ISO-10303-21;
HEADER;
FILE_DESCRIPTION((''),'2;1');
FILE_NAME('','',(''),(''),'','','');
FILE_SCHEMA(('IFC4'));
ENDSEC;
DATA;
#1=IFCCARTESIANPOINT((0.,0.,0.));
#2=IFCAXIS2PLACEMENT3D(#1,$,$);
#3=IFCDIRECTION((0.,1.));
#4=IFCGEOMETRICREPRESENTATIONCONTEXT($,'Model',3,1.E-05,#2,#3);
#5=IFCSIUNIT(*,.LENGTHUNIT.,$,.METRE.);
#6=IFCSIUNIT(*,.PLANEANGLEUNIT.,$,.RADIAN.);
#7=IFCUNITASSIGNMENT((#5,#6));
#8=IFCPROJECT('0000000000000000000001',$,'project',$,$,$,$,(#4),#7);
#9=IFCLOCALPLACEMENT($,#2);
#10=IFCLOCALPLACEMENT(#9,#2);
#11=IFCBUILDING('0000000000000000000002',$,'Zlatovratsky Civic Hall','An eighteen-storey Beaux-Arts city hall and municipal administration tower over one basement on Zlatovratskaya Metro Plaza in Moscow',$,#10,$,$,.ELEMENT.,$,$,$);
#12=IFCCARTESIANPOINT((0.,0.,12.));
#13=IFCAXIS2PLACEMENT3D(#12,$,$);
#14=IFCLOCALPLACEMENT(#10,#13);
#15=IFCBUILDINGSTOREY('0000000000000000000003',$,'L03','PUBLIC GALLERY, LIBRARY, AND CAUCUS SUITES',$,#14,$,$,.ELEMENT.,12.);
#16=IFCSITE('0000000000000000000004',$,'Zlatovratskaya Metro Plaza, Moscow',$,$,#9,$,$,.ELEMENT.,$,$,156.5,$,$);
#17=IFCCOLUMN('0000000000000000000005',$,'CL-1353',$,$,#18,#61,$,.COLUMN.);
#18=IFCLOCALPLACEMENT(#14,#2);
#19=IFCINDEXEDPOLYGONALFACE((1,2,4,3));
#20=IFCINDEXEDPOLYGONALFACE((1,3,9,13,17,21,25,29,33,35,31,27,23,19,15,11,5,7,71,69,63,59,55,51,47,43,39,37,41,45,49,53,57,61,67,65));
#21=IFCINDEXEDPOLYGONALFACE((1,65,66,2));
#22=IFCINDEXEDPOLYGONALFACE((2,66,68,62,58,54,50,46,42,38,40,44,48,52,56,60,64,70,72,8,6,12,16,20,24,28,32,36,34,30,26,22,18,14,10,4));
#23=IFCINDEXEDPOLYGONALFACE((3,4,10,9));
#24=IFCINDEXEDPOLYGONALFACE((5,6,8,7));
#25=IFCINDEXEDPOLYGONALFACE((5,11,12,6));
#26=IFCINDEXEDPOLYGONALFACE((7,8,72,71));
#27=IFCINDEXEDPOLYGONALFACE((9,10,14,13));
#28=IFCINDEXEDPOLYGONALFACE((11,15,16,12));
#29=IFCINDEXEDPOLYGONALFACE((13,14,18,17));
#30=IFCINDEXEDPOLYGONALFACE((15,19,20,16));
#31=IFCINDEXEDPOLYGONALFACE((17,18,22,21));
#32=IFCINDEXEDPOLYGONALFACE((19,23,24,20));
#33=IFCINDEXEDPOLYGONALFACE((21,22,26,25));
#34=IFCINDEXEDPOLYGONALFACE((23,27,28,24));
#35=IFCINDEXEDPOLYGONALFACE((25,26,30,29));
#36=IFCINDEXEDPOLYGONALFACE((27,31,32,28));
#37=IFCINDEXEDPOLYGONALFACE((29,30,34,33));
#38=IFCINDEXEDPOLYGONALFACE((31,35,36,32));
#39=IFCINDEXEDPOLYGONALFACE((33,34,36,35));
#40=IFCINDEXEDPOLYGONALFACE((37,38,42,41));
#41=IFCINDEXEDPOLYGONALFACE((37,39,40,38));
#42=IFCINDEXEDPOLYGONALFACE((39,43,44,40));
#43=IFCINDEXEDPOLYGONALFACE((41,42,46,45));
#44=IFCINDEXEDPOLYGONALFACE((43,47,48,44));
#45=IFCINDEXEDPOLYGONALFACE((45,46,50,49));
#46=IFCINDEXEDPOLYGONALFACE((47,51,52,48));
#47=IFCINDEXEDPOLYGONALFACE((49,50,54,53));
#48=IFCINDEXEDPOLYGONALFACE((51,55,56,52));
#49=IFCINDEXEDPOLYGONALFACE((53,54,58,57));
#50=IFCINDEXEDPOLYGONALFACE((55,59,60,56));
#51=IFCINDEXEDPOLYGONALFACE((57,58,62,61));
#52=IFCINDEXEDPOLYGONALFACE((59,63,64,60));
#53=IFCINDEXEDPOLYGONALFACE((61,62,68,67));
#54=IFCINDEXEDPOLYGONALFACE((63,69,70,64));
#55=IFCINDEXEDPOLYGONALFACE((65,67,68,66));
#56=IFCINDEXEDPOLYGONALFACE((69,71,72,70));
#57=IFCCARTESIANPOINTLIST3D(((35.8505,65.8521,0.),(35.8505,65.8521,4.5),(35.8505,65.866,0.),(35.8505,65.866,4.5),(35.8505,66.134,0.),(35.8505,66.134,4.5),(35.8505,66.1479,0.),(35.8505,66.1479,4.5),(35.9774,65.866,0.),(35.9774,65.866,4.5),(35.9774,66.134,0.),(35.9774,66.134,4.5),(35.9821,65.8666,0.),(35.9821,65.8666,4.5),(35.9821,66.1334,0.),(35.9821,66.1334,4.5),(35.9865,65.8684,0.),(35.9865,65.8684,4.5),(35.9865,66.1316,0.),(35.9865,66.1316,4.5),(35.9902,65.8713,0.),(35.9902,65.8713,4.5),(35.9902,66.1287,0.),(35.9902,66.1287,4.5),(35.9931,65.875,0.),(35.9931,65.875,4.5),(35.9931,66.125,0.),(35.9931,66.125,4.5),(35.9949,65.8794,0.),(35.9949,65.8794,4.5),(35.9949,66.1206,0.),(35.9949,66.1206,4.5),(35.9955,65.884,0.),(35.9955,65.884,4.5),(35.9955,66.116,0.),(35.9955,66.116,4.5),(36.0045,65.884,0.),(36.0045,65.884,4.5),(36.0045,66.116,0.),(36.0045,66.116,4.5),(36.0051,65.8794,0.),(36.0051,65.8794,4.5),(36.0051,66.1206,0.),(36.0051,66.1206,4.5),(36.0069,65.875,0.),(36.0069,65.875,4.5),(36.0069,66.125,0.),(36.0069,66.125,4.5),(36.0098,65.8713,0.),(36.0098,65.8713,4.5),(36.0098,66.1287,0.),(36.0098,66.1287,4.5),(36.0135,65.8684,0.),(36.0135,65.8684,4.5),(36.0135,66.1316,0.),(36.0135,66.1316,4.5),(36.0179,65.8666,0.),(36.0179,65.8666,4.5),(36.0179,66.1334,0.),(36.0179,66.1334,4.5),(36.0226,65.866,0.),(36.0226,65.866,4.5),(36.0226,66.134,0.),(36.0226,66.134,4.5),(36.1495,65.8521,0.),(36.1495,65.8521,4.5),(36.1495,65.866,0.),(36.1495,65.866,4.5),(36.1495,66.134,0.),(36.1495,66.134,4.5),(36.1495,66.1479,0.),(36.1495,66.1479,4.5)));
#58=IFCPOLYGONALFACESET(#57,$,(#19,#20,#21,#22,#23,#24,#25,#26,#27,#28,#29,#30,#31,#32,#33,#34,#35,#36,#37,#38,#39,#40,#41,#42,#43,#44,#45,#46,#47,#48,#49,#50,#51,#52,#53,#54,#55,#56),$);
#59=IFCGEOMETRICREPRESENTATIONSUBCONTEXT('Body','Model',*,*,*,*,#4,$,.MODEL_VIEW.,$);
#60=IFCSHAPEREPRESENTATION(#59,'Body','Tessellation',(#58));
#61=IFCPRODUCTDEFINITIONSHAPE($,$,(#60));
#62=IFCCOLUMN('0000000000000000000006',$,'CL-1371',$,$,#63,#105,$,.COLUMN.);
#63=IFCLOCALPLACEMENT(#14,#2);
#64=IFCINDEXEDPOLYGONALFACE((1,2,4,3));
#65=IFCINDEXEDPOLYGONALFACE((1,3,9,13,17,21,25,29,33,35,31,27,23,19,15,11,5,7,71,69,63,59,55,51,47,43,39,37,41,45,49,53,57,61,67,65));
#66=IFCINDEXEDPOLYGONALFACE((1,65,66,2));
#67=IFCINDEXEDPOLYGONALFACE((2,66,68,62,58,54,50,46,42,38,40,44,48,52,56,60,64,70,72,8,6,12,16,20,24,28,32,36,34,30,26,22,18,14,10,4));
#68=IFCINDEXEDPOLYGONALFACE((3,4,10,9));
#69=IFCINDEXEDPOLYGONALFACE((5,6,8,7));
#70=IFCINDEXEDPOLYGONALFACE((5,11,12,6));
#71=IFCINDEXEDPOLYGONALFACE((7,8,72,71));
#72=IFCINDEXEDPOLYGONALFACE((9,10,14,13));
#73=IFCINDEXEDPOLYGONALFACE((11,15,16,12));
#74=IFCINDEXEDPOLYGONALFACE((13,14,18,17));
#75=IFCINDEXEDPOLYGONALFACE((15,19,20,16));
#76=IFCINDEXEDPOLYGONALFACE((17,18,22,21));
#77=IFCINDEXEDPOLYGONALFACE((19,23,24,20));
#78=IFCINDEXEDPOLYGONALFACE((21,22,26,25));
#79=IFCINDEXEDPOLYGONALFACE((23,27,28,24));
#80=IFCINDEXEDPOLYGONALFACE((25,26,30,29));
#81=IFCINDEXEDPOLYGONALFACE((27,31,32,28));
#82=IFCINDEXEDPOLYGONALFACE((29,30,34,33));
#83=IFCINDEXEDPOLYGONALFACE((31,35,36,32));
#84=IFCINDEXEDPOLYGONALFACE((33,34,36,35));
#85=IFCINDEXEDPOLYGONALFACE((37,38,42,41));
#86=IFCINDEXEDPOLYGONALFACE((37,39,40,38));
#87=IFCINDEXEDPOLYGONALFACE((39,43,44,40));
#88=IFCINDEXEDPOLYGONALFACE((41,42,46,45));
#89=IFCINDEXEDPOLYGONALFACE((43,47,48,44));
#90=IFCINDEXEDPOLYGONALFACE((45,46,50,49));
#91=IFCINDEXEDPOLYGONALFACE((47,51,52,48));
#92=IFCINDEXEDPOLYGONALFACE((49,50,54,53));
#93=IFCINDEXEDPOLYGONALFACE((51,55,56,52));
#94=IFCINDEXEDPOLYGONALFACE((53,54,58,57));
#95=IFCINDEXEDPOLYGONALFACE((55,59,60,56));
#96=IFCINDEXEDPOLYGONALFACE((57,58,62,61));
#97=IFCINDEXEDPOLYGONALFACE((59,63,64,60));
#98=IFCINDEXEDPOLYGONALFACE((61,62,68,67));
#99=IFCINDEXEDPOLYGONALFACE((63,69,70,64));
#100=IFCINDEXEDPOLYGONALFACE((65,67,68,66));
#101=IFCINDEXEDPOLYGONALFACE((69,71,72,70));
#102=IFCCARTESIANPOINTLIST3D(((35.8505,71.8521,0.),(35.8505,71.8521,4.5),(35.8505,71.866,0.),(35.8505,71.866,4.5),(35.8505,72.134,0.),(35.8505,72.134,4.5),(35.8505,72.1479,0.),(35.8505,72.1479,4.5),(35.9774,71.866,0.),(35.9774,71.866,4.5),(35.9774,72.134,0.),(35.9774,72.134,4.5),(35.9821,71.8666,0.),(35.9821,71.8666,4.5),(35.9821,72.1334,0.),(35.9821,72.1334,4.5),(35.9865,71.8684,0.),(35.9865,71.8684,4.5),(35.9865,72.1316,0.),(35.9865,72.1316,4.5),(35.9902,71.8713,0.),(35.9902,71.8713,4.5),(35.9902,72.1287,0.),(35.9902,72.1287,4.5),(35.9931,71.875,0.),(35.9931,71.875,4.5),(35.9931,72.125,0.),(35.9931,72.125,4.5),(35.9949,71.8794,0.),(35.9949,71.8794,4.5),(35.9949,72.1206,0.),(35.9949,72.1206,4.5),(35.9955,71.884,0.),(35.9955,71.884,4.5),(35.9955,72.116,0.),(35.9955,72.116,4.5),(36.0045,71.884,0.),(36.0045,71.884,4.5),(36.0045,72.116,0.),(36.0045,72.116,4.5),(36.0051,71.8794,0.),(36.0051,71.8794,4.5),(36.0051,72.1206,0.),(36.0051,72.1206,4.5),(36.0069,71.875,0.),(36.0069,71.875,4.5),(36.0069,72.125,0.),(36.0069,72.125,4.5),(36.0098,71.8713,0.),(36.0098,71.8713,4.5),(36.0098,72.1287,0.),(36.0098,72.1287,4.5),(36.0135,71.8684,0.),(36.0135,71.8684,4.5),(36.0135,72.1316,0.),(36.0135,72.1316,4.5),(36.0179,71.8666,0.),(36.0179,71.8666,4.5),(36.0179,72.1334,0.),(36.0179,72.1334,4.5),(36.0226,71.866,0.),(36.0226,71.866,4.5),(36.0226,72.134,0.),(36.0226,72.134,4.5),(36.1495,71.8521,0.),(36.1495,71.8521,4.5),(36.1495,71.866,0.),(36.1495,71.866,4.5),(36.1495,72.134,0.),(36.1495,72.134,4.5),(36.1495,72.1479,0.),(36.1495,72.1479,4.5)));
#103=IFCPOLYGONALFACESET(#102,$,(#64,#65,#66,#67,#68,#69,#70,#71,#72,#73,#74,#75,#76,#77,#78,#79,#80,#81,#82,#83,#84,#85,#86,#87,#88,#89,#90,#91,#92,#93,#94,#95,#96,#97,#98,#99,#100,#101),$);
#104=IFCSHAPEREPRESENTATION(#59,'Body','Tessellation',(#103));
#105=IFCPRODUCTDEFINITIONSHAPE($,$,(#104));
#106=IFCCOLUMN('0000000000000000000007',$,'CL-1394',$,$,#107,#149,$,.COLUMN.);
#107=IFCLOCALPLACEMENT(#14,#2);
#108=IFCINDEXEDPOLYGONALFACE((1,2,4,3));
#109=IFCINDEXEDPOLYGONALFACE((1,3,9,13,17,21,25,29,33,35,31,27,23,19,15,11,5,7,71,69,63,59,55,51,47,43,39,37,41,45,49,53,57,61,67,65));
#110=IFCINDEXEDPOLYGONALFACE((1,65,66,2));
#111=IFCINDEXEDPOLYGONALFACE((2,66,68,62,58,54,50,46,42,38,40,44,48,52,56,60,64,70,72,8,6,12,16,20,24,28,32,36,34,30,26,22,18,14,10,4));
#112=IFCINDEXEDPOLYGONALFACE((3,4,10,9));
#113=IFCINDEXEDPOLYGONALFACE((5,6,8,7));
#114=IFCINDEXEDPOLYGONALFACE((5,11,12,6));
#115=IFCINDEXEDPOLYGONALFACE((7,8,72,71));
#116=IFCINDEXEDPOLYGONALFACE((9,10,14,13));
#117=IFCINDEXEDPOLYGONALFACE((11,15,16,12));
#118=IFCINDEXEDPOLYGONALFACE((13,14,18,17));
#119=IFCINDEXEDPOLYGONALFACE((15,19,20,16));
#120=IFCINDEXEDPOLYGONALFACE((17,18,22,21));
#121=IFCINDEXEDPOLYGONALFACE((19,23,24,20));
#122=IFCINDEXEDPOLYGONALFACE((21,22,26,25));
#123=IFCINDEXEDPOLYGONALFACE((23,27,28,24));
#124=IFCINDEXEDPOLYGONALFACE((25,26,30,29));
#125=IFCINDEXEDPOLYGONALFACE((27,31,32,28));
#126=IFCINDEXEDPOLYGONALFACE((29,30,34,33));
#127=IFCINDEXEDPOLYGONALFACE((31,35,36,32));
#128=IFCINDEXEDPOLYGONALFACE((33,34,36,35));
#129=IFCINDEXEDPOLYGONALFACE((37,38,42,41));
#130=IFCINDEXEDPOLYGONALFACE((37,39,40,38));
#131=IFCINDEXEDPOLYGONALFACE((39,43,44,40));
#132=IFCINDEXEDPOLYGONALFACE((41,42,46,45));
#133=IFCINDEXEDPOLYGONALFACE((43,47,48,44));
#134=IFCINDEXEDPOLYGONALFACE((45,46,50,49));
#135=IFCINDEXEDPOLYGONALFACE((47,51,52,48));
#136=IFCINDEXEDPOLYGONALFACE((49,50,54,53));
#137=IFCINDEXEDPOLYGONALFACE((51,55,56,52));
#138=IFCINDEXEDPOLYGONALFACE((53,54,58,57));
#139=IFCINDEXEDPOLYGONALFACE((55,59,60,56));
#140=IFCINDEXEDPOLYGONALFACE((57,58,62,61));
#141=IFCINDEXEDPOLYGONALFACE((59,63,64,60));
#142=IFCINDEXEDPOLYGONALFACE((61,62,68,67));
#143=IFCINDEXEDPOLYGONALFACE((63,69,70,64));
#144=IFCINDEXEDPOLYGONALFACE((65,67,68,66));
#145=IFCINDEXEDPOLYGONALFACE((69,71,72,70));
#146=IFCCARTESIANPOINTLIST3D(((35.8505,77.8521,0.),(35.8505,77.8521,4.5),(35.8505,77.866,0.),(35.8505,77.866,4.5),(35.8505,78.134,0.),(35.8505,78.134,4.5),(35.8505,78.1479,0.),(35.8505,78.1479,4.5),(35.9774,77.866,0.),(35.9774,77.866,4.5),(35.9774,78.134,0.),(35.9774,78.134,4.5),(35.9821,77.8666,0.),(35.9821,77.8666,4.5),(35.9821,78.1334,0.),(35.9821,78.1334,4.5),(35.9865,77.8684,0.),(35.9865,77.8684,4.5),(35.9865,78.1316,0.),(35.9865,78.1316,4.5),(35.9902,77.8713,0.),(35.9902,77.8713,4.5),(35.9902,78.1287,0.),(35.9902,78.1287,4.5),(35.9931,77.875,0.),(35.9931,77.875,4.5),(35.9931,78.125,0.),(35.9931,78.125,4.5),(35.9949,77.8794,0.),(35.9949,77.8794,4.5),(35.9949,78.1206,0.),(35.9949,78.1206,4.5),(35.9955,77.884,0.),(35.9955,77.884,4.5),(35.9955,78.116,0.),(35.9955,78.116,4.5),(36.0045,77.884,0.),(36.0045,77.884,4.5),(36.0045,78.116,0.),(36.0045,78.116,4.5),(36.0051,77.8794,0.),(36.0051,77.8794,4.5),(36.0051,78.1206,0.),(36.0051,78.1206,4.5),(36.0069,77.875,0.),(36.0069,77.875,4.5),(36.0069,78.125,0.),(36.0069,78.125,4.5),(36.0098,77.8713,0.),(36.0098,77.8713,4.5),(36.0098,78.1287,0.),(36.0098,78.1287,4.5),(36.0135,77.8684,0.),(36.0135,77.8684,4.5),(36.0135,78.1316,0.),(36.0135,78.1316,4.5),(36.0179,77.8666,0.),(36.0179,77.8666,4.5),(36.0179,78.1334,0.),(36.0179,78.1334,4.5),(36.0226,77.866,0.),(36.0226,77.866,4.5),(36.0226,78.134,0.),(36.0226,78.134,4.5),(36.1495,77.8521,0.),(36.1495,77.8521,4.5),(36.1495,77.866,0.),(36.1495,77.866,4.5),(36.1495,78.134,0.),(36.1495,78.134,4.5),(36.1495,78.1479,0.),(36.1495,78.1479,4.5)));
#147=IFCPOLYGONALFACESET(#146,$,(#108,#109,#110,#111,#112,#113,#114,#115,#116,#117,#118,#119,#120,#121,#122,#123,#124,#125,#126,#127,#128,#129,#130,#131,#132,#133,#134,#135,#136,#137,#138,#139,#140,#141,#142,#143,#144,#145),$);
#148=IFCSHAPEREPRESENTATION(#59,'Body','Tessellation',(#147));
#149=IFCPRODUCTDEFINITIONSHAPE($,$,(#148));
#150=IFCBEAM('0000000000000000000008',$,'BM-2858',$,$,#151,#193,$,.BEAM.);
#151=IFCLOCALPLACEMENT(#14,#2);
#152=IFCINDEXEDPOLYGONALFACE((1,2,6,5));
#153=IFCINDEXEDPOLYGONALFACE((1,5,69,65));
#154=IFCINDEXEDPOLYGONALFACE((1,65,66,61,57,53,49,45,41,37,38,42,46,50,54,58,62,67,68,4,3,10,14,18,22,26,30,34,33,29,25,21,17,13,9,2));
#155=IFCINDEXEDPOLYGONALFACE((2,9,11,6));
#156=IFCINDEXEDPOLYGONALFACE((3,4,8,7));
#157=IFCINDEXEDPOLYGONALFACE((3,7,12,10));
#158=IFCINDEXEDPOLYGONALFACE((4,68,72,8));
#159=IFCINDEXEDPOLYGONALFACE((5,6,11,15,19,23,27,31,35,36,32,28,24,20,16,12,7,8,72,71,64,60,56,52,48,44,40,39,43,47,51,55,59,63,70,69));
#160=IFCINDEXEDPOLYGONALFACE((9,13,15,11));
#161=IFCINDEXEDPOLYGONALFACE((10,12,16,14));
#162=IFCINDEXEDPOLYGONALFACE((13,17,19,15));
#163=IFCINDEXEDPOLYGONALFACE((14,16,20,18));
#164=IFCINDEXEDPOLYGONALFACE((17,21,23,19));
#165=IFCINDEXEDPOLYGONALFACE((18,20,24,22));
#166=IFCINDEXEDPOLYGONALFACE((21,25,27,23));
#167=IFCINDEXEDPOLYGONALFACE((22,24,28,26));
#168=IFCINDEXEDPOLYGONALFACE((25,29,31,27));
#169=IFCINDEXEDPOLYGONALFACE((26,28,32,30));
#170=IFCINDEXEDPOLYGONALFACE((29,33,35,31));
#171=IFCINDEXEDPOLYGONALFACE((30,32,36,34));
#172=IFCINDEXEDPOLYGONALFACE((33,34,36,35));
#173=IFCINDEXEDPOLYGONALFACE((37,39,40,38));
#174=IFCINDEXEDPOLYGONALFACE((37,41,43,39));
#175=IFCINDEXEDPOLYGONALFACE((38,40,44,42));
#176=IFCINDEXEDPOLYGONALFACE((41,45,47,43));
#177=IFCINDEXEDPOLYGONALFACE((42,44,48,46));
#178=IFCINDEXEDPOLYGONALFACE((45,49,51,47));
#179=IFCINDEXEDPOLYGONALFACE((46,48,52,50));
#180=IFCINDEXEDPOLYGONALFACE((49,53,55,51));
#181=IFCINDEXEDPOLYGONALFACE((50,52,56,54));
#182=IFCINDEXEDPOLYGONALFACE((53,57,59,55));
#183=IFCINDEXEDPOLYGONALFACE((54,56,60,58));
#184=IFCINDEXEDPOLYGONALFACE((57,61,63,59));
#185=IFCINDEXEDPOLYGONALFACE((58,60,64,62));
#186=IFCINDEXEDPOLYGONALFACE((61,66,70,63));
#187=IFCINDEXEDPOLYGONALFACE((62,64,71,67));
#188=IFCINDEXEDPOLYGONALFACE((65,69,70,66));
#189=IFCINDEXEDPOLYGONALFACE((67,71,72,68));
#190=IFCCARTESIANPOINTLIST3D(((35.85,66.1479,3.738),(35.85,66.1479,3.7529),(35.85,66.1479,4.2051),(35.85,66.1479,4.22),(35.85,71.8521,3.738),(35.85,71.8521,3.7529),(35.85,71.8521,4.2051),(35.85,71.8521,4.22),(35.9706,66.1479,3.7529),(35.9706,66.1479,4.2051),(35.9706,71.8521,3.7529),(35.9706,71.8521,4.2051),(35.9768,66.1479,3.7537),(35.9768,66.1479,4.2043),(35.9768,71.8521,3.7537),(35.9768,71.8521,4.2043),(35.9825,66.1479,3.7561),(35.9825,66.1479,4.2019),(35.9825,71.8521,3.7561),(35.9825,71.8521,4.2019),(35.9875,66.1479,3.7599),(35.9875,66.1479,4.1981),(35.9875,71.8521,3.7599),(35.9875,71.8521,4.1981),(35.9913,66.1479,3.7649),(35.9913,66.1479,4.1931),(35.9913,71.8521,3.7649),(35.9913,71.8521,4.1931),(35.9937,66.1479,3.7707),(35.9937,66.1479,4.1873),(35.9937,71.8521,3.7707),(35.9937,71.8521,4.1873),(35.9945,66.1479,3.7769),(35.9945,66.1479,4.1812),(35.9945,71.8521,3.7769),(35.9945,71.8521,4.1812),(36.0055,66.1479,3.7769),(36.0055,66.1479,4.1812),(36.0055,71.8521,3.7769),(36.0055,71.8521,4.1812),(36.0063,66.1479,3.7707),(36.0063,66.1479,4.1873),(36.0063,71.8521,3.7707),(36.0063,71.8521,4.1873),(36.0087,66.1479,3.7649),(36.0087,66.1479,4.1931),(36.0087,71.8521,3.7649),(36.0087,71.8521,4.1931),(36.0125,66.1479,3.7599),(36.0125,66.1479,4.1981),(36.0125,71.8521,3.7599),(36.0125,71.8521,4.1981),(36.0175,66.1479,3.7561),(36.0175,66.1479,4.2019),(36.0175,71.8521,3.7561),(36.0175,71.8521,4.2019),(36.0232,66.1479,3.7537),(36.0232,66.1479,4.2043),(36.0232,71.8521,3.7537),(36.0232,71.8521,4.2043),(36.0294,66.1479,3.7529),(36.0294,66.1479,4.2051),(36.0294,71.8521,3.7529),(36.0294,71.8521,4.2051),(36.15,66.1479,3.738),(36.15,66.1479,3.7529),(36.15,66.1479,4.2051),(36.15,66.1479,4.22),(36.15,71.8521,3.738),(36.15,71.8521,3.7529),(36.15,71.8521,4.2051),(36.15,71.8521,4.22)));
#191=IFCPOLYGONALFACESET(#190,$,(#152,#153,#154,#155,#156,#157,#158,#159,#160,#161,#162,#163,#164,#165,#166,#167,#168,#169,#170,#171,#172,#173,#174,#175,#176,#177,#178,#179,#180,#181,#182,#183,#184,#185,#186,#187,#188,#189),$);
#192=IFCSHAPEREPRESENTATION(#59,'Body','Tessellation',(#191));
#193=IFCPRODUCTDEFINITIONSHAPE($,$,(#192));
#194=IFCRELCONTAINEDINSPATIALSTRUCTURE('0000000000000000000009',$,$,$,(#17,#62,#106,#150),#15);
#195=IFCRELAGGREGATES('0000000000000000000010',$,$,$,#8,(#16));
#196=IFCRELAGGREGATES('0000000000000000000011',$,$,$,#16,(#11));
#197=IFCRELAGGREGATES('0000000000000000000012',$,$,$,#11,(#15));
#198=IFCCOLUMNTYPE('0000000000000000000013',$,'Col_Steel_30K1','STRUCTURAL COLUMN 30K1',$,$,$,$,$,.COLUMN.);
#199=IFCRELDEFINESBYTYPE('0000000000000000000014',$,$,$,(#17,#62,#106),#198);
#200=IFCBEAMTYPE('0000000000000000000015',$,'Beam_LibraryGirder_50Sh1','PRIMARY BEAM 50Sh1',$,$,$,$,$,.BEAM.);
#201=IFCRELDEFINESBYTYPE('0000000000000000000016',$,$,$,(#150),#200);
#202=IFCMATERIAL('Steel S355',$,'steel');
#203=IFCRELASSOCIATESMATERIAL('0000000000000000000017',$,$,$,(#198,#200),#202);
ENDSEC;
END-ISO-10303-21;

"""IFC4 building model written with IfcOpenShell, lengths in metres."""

from ifc_helpers import new_model, si_unit, direction, frame, origin, origin_2d, place, context, subcontext, project, spatial, i_section, extrude, material, material_profile, profile_set, type_object, element, save


model = new_model("IFC4")

# Units and contexts
model_context = context("Model", 3, precision=1e-05, world=origin(), true_north=direction((0.0, 1.0)))
body_context = subcontext(model_context, "Body", "Model", "MODEL_VIEW")
ifc_project = project(units=[si_unit("LENGTHUNIT", "METRE"), si_unit("PLANEANGLEUNIT", "RADIAN")], contexts=[model_context])

# Site, building, storey
site_placement = place(None, origin())
site = spatial("IfcSite", under=ifc_project, at=site_placement, Name="Zlatovratskaya Metro Plaza, Moscow", CompositionType="ELEMENT", RefElevation=156.5)
building_placement = place(site_placement, origin())
building = spatial("IfcBuilding", under=site, at=building_placement, Name="Zlatovratsky Civic Hall", Description="An eighteen-storey Beaux-Arts city hall and municipal administration tower over one basement on Zlatovratskaya Metro Plaza in Moscow", CompositionType="ELEMENT")
storey_placement = place(building_placement, frame((0.0, 0.0, 12.0)))
storey = spatial("IfcBuildingStorey", under=building, at=storey_placement, Name="L03", Description="PUBLIC GALLERY, LIBRARY, AND CAUCUS SUITES", CompositionType="ELEMENT", Elevation=12.0)

# Columns
ifc_material_1 = material(Name="Steel S355", Category="steel")
ifc_material_profile_1 = material_profile(ifc_material_1, i_section(OverallWidth=0.2991, OverallDepth=0.2959, WebThickness=0.009, FlangeThickness=0.0139, FilletRadius=0.0181, at=origin_2d()), Name="30K1")
ifc_profile_set_1 = profile_set([ifc_material_profile_1], Name="Steel S355")
column_type = type_object("IfcColumnType", Name="Col_Steel_30K1", Description="STRUCTURAL COLUMN 30K1", PredefinedType="COLUMN", material=ifc_profile_set_1)
for number, where, z_axis, x_axis, name in (
    (1, (36.0, 66.0, 0.0), (0.0, 0.0, 1.0), (1.0, 0.0, 0.0), "CL-1353"),
    (2, (36.0, 72.0, 0.0), (0.0, 0.0, 1.0), (1.0, 0.0, 0.0), "CL-1371"),
    (3, (36.0, 78.0, 0.0), (0.0, 0.0, 1.0), (1.0, 0.0, 0.0), "CL-1394"),
):
    element("IfcColumn", number, at=place(storey_placement, frame(where, z_axis=z_axis, x_axis=x_axis)), inside=storey, type_object=column_type, Name=name, PredefinedType="COLUMN", context=body_context, shape_type="SweptSolid", body=[
        extrude(i_section(OverallWidth=0.2991, OverallDepth=0.2959, WebThickness=0.009, FlangeThickness=0.0139, FilletRadius=0.0181, at=origin_2d()), origin(), (0.0, 0.0, 1.0), 4.5),
    ])

# Beam
ifc_material_profile_2 = material_profile(ifc_material_1, i_section(OverallWidth=0.3, OverallDepth=0.4819, WebThickness=0.011, FlangeThickness=0.0149, FilletRadius=0.0239, at=origin_2d()), Name="50Sh1")
ifc_profile_set_2 = profile_set([ifc_material_profile_2], Name="Steel S355")
beam_type_1 = type_object("IfcBeamType", Name="Beam_LibraryGirder_50Sh1", Description="PRIMARY BEAM 50Sh1", PredefinedType="BEAM", material=ifc_profile_set_2)
for number, where, z_axis, x_axis, name in (
    (4, (36.0, 66.1479, 3.979), (0.0, 1.0, 0.0), (-1.0, 0.0, 0.0), "BM-2858"),
):
    element("IfcBeam", number, at=place(storey_placement, frame(where, z_axis=z_axis, x_axis=x_axis)), inside=storey, type_object=beam_type_1, Name=name, PredefinedType="BEAM", context=body_context, shape_type="SweptSolid", body=[
        extrude(i_section(OverallWidth=0.3, OverallDepth=0.4819, WebThickness=0.011, FlangeThickness=0.0149, FilletRadius=0.0239, at=origin_2d()), origin(), (0.0, 0.0, 1.0), 5.7041),
    ])

save(model, "model.ifc")
